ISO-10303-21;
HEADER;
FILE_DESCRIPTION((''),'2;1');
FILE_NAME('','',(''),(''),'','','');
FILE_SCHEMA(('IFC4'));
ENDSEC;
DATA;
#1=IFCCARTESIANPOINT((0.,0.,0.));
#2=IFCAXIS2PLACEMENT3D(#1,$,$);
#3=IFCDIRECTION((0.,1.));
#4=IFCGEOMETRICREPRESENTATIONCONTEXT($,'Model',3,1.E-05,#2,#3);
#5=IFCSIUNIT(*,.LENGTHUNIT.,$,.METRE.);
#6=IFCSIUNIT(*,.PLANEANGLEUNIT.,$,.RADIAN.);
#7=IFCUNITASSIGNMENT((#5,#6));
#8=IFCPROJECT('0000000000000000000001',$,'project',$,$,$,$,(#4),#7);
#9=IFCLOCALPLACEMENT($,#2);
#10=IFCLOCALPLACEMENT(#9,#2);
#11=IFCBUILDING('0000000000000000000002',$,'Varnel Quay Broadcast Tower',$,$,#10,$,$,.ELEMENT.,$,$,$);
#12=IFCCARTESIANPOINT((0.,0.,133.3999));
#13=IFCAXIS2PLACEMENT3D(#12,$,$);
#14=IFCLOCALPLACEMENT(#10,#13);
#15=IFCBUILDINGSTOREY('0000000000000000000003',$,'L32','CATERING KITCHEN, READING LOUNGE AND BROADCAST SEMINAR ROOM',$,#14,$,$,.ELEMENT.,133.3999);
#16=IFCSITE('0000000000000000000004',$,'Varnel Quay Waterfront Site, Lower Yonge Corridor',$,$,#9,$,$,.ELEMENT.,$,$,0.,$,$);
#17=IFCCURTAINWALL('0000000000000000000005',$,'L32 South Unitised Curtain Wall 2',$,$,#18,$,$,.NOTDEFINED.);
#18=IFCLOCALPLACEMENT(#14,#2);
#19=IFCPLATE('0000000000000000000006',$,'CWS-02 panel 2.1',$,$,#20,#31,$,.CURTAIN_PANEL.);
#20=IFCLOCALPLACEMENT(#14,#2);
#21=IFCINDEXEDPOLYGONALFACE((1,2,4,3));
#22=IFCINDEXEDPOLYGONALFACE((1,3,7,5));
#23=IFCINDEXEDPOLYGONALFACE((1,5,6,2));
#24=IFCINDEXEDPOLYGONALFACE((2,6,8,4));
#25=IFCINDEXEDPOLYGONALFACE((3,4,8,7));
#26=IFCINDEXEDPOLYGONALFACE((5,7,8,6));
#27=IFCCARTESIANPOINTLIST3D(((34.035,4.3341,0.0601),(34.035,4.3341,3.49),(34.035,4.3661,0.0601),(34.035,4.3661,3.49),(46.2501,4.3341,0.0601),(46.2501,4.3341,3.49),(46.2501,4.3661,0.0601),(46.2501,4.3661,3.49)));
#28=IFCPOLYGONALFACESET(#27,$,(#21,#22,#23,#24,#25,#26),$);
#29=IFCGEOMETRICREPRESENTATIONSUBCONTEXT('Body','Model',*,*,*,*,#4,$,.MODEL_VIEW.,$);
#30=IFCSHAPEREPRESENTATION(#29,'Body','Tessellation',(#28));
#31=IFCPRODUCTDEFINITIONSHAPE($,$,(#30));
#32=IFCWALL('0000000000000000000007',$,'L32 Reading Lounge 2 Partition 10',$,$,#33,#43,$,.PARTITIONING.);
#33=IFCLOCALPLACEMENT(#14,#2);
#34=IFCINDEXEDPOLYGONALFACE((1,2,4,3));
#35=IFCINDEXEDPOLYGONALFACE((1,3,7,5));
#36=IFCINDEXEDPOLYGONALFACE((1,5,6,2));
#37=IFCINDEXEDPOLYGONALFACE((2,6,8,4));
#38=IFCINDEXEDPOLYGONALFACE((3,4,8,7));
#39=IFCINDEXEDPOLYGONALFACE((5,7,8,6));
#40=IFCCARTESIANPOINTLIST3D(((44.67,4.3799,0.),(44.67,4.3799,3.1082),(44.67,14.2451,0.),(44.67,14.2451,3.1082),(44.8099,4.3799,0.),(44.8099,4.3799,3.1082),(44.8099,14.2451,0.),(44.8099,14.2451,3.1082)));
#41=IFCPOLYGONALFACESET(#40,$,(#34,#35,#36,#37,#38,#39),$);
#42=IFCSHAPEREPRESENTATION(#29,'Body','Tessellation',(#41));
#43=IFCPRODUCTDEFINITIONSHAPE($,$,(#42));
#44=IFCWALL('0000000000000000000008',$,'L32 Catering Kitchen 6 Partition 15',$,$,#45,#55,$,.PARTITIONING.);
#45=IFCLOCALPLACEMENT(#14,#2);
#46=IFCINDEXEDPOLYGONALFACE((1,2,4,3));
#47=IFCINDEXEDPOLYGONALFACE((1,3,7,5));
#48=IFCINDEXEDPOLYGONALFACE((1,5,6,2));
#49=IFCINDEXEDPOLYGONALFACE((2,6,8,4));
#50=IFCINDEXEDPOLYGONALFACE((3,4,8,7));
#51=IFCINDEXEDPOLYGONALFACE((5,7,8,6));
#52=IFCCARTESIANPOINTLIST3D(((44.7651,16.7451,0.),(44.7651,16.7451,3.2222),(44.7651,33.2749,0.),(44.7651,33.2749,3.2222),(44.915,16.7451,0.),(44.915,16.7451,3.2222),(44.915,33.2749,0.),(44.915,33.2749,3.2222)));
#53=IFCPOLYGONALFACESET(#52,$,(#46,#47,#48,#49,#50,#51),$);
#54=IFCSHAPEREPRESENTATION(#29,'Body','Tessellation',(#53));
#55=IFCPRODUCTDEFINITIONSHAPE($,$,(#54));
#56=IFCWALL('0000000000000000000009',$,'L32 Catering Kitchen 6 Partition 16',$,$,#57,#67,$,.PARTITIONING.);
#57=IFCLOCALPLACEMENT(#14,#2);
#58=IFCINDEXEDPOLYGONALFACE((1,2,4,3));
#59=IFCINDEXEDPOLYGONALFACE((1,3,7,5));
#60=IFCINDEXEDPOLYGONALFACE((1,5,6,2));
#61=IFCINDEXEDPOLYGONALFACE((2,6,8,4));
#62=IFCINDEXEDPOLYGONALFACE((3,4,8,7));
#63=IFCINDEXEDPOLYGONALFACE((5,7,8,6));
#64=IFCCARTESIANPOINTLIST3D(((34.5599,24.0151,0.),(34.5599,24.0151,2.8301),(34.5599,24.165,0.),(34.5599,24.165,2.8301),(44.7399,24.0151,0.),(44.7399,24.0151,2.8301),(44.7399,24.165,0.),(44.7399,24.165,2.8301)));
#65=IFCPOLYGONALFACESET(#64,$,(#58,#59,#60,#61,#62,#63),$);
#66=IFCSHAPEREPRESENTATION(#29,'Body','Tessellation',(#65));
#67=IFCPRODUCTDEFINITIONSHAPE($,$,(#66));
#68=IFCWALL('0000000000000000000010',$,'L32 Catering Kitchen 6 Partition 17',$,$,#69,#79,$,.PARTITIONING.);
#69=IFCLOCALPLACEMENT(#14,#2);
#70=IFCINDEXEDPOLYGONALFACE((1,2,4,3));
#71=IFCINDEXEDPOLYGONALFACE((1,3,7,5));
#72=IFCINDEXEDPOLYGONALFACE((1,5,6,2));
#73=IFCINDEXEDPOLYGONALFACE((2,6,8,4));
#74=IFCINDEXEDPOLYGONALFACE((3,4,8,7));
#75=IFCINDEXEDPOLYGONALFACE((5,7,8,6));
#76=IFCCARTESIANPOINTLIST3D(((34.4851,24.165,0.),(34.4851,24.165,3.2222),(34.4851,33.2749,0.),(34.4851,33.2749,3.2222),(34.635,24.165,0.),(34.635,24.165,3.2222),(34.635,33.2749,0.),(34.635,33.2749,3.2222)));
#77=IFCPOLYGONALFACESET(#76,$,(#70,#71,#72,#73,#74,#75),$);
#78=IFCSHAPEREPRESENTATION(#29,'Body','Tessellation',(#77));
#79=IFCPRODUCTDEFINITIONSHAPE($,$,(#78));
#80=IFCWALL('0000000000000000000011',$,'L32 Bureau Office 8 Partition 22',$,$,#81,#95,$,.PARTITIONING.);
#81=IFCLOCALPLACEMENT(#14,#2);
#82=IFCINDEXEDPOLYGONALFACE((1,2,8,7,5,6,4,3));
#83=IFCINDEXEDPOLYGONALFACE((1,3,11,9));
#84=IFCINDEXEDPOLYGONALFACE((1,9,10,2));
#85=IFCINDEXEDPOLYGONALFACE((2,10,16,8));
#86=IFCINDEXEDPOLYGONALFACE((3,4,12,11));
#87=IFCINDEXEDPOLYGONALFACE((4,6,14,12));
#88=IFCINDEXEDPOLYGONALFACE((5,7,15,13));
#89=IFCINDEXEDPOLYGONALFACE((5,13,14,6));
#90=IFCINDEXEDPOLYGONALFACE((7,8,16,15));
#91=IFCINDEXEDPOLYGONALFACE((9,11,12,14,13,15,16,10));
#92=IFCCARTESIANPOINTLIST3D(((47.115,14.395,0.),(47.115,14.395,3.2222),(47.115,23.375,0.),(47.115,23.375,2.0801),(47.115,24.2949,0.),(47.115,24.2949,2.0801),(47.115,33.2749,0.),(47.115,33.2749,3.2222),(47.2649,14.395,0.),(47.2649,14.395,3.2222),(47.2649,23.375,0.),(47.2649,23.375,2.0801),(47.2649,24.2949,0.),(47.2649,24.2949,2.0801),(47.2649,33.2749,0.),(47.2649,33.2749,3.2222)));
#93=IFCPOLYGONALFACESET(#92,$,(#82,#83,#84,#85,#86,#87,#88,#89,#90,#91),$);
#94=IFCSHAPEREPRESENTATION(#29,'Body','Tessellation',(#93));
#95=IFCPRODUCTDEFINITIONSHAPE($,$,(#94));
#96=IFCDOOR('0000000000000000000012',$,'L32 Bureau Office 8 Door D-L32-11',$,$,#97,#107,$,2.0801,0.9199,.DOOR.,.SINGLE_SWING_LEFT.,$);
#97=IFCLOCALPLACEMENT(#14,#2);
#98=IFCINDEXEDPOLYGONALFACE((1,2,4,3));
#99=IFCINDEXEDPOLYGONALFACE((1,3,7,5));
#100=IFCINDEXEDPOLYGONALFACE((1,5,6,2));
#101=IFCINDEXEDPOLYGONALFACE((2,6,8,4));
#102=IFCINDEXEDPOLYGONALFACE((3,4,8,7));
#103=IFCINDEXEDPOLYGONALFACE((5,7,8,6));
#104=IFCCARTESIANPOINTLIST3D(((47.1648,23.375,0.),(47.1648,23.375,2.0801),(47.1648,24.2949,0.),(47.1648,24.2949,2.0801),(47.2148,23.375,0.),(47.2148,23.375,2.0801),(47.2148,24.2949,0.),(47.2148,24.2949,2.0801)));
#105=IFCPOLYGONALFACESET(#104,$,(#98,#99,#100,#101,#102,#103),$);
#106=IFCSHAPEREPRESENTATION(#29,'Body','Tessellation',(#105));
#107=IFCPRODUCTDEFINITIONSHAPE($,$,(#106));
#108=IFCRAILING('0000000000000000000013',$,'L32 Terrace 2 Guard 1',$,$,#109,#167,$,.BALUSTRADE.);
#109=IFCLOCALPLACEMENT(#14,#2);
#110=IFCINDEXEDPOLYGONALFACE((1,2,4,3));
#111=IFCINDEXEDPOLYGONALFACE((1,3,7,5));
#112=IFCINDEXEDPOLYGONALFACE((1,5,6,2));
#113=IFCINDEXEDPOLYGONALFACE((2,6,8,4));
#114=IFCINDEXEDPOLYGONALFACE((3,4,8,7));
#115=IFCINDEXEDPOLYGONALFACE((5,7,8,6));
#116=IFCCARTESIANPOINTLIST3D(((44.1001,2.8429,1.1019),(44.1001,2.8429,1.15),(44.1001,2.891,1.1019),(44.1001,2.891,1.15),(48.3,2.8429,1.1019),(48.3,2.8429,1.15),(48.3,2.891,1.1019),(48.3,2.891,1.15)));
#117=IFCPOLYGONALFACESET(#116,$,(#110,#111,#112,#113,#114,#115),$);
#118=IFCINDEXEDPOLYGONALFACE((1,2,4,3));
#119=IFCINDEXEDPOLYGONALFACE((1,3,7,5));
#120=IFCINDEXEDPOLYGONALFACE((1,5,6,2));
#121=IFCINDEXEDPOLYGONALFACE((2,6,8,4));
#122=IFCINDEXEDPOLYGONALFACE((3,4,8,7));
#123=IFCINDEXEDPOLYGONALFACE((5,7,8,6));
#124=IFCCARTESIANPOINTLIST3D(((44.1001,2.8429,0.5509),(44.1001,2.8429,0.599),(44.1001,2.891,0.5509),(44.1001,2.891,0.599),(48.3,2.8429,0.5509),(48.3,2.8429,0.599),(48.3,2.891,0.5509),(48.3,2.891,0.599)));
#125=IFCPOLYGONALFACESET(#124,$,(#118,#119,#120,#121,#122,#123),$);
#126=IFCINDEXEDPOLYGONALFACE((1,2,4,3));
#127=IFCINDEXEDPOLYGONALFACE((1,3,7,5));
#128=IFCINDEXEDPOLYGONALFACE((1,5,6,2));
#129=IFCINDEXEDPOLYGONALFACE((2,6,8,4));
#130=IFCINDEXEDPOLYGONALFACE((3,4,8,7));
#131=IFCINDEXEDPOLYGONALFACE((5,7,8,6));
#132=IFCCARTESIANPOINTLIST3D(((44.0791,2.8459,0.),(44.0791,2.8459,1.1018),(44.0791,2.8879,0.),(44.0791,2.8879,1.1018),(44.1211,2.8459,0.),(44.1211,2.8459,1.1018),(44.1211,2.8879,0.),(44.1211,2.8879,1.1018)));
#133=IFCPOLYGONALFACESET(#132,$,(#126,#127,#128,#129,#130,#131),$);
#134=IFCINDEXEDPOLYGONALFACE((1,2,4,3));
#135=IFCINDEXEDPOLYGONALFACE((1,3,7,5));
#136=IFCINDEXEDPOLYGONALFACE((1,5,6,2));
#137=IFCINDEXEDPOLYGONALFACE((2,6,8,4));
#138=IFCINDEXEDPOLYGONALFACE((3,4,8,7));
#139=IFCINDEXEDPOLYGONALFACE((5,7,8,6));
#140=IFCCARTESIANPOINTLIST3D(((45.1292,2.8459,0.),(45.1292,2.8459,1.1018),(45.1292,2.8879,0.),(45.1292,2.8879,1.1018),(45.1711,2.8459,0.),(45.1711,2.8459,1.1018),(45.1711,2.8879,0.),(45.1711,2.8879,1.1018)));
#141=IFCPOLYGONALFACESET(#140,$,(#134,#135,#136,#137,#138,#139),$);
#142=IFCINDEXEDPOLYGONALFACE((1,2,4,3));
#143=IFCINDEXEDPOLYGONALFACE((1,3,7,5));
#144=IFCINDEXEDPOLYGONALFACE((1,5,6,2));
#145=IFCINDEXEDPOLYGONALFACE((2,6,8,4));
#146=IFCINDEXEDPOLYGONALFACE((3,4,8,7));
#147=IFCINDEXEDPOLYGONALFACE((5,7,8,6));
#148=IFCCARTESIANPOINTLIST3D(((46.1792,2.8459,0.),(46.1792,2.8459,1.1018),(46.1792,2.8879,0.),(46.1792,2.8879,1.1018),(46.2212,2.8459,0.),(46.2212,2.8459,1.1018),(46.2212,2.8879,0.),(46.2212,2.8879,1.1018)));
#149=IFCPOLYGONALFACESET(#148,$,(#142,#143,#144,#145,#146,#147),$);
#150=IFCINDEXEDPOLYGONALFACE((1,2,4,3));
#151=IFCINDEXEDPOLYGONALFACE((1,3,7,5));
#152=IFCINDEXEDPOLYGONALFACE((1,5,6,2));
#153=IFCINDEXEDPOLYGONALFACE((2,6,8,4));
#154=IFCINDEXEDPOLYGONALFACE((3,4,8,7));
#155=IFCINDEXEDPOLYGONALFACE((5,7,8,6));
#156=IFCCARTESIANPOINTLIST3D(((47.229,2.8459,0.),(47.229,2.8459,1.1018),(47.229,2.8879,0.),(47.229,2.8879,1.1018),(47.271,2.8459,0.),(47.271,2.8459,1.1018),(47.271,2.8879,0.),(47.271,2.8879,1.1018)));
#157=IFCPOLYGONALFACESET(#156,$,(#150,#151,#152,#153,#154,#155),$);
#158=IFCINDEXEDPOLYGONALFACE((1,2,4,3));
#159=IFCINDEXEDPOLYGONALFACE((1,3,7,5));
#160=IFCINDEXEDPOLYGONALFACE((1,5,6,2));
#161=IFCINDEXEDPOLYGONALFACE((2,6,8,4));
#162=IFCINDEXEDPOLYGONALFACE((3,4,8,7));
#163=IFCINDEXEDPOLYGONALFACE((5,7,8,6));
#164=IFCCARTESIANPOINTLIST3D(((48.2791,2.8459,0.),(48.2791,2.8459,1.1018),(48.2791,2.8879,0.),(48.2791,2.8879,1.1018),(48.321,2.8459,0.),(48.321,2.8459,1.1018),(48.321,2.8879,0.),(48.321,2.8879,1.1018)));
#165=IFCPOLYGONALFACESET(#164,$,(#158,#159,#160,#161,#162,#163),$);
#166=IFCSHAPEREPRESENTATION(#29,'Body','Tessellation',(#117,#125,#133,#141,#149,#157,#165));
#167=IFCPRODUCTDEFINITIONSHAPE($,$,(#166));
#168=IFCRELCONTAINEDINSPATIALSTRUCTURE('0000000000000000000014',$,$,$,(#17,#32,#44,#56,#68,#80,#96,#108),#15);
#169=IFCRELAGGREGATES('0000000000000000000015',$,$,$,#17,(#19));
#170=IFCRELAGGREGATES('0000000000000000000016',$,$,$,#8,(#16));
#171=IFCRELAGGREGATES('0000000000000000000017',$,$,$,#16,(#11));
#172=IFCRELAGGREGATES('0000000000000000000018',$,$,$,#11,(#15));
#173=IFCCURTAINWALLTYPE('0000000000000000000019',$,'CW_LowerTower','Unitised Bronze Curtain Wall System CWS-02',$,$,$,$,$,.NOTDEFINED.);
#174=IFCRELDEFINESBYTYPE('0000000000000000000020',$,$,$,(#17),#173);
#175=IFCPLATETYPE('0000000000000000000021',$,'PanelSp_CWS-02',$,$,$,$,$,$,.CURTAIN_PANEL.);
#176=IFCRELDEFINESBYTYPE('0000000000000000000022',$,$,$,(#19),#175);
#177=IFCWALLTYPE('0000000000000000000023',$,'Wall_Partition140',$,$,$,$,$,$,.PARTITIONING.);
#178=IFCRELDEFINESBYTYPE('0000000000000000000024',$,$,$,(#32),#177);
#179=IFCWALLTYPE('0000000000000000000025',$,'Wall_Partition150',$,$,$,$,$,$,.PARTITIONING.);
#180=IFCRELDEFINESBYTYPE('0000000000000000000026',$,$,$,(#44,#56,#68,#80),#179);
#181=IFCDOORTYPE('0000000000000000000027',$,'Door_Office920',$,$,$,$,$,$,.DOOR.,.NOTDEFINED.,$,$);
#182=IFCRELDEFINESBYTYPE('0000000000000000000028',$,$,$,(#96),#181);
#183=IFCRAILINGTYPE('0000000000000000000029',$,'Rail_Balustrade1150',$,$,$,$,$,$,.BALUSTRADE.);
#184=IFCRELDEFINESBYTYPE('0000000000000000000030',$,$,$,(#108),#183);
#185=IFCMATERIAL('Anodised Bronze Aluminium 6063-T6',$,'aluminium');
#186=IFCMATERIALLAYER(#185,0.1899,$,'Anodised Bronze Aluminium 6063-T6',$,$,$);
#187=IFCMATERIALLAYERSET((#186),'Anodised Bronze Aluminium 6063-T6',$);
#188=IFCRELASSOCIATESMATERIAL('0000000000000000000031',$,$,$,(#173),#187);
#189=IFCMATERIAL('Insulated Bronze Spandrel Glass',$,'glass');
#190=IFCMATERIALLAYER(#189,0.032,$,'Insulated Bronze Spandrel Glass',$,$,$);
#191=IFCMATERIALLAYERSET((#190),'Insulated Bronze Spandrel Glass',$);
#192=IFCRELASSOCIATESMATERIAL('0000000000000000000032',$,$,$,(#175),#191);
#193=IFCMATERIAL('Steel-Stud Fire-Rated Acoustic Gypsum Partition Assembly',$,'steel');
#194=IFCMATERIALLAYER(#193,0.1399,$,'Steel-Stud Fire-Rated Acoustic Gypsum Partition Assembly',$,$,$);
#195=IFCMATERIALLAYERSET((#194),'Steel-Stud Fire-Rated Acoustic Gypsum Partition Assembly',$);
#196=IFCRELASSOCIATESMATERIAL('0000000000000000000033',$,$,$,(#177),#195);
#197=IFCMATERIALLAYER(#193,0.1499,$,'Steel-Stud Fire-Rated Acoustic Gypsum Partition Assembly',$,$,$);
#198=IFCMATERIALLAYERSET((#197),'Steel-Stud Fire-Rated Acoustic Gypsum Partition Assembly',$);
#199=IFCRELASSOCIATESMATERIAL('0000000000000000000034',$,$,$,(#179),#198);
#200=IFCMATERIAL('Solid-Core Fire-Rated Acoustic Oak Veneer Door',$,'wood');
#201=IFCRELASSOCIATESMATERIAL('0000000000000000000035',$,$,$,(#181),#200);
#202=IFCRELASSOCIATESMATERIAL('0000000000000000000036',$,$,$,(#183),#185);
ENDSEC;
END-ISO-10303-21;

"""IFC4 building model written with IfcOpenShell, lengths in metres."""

from ifc_helpers import new_model, si_unit, direction, frame, frame_2d, origin, origin_2d, place, context, subcontext, project, spatial, rectangle, extrude, source, transform, mapped, material, layer, layer_set, type_object, type_shapes, element, fill, aggregate, save


model = new_model("IFC4")

# Units and contexts
model_context = context("Model", 3, precision=1e-05, world=origin(), true_north=direction((0.0, 1.0)))
body_context = subcontext(model_context, "Body", "Model", "MODEL_VIEW")
ifc_project = project(units=[si_unit("LENGTHUNIT", "METRE"), si_unit("PLANEANGLEUNIT", "RADIAN")], contexts=[model_context])

# Site, building, storey
site_placement = place(None, origin())
site = spatial("IfcSite", under=ifc_project, at=site_placement, Name="Varnel Quay Waterfront Site, Lower Yonge Corridor", CompositionType="ELEMENT", RefElevation=0.0)
building_placement = place(site_placement, origin())
building = spatial("IfcBuilding", under=site, at=building_placement, Name="Varnel Quay Broadcast Tower", CompositionType="ELEMENT")
storey_placement = place(building_placement, frame((0.0, 0.0, 133.3999)))
storey = spatial("IfcBuildingStorey", under=building, at=storey_placement, Name="L32", Description="CATERING KITCHEN, READING LOUNGE AND BROADCAST SEMINAR ROOM", CompositionType="ELEMENT", Elevation=133.3999)

# Curtain wall, plate
ifc_material_1 = material(Name="Anodised Bronze Aluminium 6063-T6", Category="aluminium")
ifc_layer_1 = layer(ifc_material_1, 0.1899, Name="Anodised Bronze Aluminium 6063-T6")
ifc_layer_set_1 = layer_set([ifc_layer_1], Name="Anodised Bronze Aluminium 6063-T6")
curtain_wall_type = type_object("IfcCurtainWallType", Name="CW_LowerTower", Description="Unitised Bronze Curtain Wall System CWS-02", PredefinedType="NOTDEFINED", material=ifc_layer_set_1)
curtain_wall_placement = place(storey_placement, origin())
curtain_wall = element("IfcCurtainWall", 1, at=curtain_wall_placement, inside=storey, type_object=curtain_wall_type, Name="L32 South Unitised Curtain Wall 2", PredefinedType="NOTDEFINED")
ifc_material_2 = material(Name="Insulated Bronze Spandrel Glass", Category="glass")
ifc_layer_2 = layer(ifc_material_2, 0.032, Name="Insulated Bronze Spandrel Glass")
ifc_layer_set_2 = layer_set([ifc_layer_2], Name="Insulated Bronze Spandrel Glass")
plate_type = type_object("IfcPlateType", Name="PanelSp_CWS-02", PredefinedType="CURTAIN_PANEL", material=ifc_layer_set_2)
shared_shape_1 = source(origin(), body_context, "Body", "SweptSolid", [
    extrude(rectangle(XDim=12.2151, YDim=0.032, at=origin_2d()), origin(), (0.0, 0.0, 1.0), 3.4299),
])
type_shapes(plate_type, [shared_shape_1])
plate_1_placement = place(storey_placement, frame((40.1426, 4.3501, 0.0601), z_axis=(0.0, 0.0, 1.0), x_axis=(1.0, 0.0, 0.0)))
plate_1 = element("IfcPlate", 2, at=plate_1_placement, type_object=plate_type, Name="CWS-02 panel 2.1", PredefinedType="CURTAIN_PANEL", context=body_context, shape_type="MappedRepresentation", body=[
    mapped(shared_shape_1, transform((0.0, 0.0, 0.0), x_axis=(1.0, 0.0, 0.0), y_axis=(0.0, 1.0, 0.0), z_axis=(0.0, 0.0, 1.0), scale=1.0)),
])
aggregate(curtain_wall, [plate_1])

# Walls
ifc_material_3 = material(Name="Steel-Stud Fire-Rated Acoustic Gypsum Partition Assembly", Category="steel")
ifc_layer_3 = layer(ifc_material_3, 0.1399, Name="Steel-Stud Fire-Rated Acoustic Gypsum Partition Assembly")
ifc_layer_set_3 = layer_set([ifc_layer_3], Name="Steel-Stud Fire-Rated Acoustic Gypsum Partition Assembly")
wall_type_1 = type_object("IfcWallType", Name="Wall_Partition140", PredefinedType="PARTITIONING", material=ifc_layer_set_3)
wall_1_placement = place(storey_placement, frame((44.74, 4.3799, 0.0), z_axis=(0.0, 0.0, 1.0), x_axis=(0.0, 1.0, 0.0)))
element("IfcWall", 3, at=wall_1_placement, inside=storey, type_object=wall_type_1, Name="L32 Reading Lounge 2 Partition 10", PredefinedType="PARTITIONING", context=body_context, shape_type="SweptSolid", body=[
    extrude(rectangle(XDim=9.8652, YDim=0.1399, at=frame_2d((4.9326, 0.0))), origin(), (0.0, 0.0, 1.0), 3.1082),
])
ifc_layer_4 = layer(ifc_material_3, 0.1499, Name="Steel-Stud Fire-Rated Acoustic Gypsum Partition Assembly")
ifc_layer_set_4 = layer_set([ifc_layer_4], Name="Steel-Stud Fire-Rated Acoustic Gypsum Partition Assembly")
wall_type_2 = type_object("IfcWallType", Name="Wall_Partition150", PredefinedType="PARTITIONING", material=ifc_layer_set_4)
wall_2_placement = place(storey_placement, frame((44.8401, 16.7451, 0.0), z_axis=(0.0, 0.0, 1.0), x_axis=(0.0, 1.0, 0.0)))
element("IfcWall", 4, at=wall_2_placement, inside=storey, type_object=wall_type_2, Name="L32 Catering Kitchen 6 Partition 15", PredefinedType="PARTITIONING", context=body_context, shape_type="SweptSolid", body=[
    extrude(rectangle(XDim=16.5298, YDim=0.1499, at=frame_2d((8.2649, 0.0))), origin(), (0.0, 0.0, 1.0), 3.2222),
])
wall_3_placement = place(storey_placement, frame((34.5601, 24.0901, 0.0), z_axis=(0.0, 0.0, 1.0), x_axis=(1.0, 0.0, 0.0)))
element("IfcWall", 5, at=wall_3_placement, inside=storey, type_object=wall_type_2, Name="L32 Catering Kitchen 6 Partition 16", PredefinedType="PARTITIONING", context=body_context, shape_type="SweptSolid", body=[
    extrude(rectangle(XDim=10.1799, YDim=0.1499, at=frame_2d((5.0898, 0.0))), origin(), (0.0, 0.0, 1.0), 2.8301),
])
wall_4_placement = place(storey_placement, frame((34.5601, 24.165, 0.0), z_axis=(0.0, 0.0, 1.0), x_axis=(0.0, 1.0, 0.0)))
element("IfcWall", 6, at=wall_4_placement, inside=storey, type_object=wall_type_2, Name="L32 Catering Kitchen 6 Partition 17", PredefinedType="PARTITIONING", context=body_context, shape_type="SweptSolid", body=[
    extrude(rectangle(XDim=9.1099, YDim=0.1499, at=frame_2d((4.5549, 0.0))), origin(), (0.0, 0.0, 1.0), 3.2222),
])

# Wall, opening, door
wall_5_placement = place(storey_placement, frame((47.1899, 14.395, 0.0), z_axis=(0.0, 0.0, 1.0), x_axis=(0.0, 1.0, 0.0)))
wall_5 = element("IfcWall", 7, at=wall_5_placement, inside=storey, type_object=wall_type_2, Name="L32 Bureau Office 8 Partition 22", PredefinedType="PARTITIONING", context=body_context, shape_type="SweptSolid", body=[
    extrude(rectangle(XDim=18.8799, YDim=0.1499, at=frame_2d((9.4399, 0.0))), origin(), (0.0, 0.0, 1.0), 3.2222),
])
opening_1_placement = place(wall_5_placement, frame((8.98, 0.0, 0.0)))
opening_1 = element("IfcOpeningElement", 8, at=opening_1_placement, cuts=wall_5, PredefinedType="OPENING", context=body_context, shape_type="SweptSolid", body=[
    extrude(rectangle(XDim=0.9199, YDim=2.0801, at=frame_2d((0.46, 1.04))), frame((0.0, 0.085, 0.0), z_axis=(0.0, -1.0, 0.0), x_axis=(1.0, 0.0, 0.0)), (0.0, 0.0, 1.0), 0.1699),
])
ifc_material_4 = material(Name="Solid-Core Fire-Rated Acoustic Oak Veneer Door", Category="wood")
door_type_1 = type_object("IfcDoorType", Name="Door_Office920", OperationType="NOTDEFINED", PredefinedType="DOOR", material=ifc_material_4)
shared_shape_2 = source(origin(), body_context, "Body", "SweptSolid", [
    extrude(rectangle(XDim=0.9199, YDim=2.0801, at=frame_2d((0.46, 1.04))), frame((0.0, 0.0249, 0.0), z_axis=(0.0, -1.0, 0.0), x_axis=(1.0, 0.0, 0.0)), (0.0, 0.0, 1.0), 0.05),
])
type_shapes(door_type_1, [shared_shape_2])
door_1_placement = place(opening_1_placement, frame((0.9199, 0.0, 0.0), z_axis=(0.0, 0.0, 1.0), x_axis=(-1.0, 0.0, 0.0)))
door_1 = element("IfcDoor", 9, at=door_1_placement, inside=storey, type_object=door_type_1, Name="L32 Bureau Office 8 Door D-L32-11", OperationType="SINGLE_SWING_LEFT", OverallHeight=2.0801, OverallWidth=0.9199, PredefinedType="DOOR", context=body_context, shape_type="MappedRepresentation", body=[
    mapped(shared_shape_2, transform((0.0, 0.0, 0.0), x_axis=(1.0, 0.0, 0.0), y_axis=(0.0, 1.0, 0.0), z_axis=(0.0, 0.0, 1.0), scale=1.0)),
])
fill(opening_1, door_1)

# Railing
railing_type = type_object("IfcRailingType", Name="Rail_Balustrade1150", PredefinedType="BALUSTRADE", material=ifc_material_1)
railing_1_placement = place(storey_placement, frame((44.1001, 2.8669, 0.0)))
element("IfcRailing", 10, at=railing_1_placement, inside=storey, type_object=railing_type, Name="L32 Terrace 2 Guard 1", PredefinedType="BALUSTRADE", context=body_context, shape_type="SweptSolid", body=[
    extrude(rectangle(XDim=0.0481, YDim=0.0481, at=origin_2d()), frame((0.0, 0.0, 1.126), z_axis=(1.0, 0.0, 0.0), x_axis=(0.0, 1.0, 0.0)), (0.0, 0.0, 1.0), 4.2),
    extrude(rectangle(XDim=0.0481, YDim=0.0481, at=origin_2d()), frame((0.0, 0.0, 0.575), z_axis=(1.0, 0.0, 0.0), x_axis=(0.0, 1.0, 0.0)), (0.0, 0.0, 1.0), 4.2),
    extrude(rectangle(XDim=0.042, YDim=0.042, at=origin_2d()), origin(), (0.0, 0.0, 1.0), 1.1018),
    extrude(rectangle(XDim=0.042, YDim=0.042, at=origin_2d()), frame((1.05, 0.0, 0.0)), (0.0, 0.0, 1.0), 1.1018),
    extrude(rectangle(XDim=0.042, YDim=0.042, at=origin_2d()), frame((2.1001, 0.0, 0.0)), (0.0, 0.0, 1.0), 1.1018),
    extrude(rectangle(XDim=0.042, YDim=0.042, at=origin_2d()), frame((3.1499, 0.0, 0.0)), (0.0, 0.0, 1.0), 1.1018),
    extrude(rectangle(XDim=0.042, YDim=0.042, at=origin_2d()), frame((4.2, 0.0, 0.0)), (0.0, 0.0, 1.0), 1.1018),
])

save(model, "model.ifc")
